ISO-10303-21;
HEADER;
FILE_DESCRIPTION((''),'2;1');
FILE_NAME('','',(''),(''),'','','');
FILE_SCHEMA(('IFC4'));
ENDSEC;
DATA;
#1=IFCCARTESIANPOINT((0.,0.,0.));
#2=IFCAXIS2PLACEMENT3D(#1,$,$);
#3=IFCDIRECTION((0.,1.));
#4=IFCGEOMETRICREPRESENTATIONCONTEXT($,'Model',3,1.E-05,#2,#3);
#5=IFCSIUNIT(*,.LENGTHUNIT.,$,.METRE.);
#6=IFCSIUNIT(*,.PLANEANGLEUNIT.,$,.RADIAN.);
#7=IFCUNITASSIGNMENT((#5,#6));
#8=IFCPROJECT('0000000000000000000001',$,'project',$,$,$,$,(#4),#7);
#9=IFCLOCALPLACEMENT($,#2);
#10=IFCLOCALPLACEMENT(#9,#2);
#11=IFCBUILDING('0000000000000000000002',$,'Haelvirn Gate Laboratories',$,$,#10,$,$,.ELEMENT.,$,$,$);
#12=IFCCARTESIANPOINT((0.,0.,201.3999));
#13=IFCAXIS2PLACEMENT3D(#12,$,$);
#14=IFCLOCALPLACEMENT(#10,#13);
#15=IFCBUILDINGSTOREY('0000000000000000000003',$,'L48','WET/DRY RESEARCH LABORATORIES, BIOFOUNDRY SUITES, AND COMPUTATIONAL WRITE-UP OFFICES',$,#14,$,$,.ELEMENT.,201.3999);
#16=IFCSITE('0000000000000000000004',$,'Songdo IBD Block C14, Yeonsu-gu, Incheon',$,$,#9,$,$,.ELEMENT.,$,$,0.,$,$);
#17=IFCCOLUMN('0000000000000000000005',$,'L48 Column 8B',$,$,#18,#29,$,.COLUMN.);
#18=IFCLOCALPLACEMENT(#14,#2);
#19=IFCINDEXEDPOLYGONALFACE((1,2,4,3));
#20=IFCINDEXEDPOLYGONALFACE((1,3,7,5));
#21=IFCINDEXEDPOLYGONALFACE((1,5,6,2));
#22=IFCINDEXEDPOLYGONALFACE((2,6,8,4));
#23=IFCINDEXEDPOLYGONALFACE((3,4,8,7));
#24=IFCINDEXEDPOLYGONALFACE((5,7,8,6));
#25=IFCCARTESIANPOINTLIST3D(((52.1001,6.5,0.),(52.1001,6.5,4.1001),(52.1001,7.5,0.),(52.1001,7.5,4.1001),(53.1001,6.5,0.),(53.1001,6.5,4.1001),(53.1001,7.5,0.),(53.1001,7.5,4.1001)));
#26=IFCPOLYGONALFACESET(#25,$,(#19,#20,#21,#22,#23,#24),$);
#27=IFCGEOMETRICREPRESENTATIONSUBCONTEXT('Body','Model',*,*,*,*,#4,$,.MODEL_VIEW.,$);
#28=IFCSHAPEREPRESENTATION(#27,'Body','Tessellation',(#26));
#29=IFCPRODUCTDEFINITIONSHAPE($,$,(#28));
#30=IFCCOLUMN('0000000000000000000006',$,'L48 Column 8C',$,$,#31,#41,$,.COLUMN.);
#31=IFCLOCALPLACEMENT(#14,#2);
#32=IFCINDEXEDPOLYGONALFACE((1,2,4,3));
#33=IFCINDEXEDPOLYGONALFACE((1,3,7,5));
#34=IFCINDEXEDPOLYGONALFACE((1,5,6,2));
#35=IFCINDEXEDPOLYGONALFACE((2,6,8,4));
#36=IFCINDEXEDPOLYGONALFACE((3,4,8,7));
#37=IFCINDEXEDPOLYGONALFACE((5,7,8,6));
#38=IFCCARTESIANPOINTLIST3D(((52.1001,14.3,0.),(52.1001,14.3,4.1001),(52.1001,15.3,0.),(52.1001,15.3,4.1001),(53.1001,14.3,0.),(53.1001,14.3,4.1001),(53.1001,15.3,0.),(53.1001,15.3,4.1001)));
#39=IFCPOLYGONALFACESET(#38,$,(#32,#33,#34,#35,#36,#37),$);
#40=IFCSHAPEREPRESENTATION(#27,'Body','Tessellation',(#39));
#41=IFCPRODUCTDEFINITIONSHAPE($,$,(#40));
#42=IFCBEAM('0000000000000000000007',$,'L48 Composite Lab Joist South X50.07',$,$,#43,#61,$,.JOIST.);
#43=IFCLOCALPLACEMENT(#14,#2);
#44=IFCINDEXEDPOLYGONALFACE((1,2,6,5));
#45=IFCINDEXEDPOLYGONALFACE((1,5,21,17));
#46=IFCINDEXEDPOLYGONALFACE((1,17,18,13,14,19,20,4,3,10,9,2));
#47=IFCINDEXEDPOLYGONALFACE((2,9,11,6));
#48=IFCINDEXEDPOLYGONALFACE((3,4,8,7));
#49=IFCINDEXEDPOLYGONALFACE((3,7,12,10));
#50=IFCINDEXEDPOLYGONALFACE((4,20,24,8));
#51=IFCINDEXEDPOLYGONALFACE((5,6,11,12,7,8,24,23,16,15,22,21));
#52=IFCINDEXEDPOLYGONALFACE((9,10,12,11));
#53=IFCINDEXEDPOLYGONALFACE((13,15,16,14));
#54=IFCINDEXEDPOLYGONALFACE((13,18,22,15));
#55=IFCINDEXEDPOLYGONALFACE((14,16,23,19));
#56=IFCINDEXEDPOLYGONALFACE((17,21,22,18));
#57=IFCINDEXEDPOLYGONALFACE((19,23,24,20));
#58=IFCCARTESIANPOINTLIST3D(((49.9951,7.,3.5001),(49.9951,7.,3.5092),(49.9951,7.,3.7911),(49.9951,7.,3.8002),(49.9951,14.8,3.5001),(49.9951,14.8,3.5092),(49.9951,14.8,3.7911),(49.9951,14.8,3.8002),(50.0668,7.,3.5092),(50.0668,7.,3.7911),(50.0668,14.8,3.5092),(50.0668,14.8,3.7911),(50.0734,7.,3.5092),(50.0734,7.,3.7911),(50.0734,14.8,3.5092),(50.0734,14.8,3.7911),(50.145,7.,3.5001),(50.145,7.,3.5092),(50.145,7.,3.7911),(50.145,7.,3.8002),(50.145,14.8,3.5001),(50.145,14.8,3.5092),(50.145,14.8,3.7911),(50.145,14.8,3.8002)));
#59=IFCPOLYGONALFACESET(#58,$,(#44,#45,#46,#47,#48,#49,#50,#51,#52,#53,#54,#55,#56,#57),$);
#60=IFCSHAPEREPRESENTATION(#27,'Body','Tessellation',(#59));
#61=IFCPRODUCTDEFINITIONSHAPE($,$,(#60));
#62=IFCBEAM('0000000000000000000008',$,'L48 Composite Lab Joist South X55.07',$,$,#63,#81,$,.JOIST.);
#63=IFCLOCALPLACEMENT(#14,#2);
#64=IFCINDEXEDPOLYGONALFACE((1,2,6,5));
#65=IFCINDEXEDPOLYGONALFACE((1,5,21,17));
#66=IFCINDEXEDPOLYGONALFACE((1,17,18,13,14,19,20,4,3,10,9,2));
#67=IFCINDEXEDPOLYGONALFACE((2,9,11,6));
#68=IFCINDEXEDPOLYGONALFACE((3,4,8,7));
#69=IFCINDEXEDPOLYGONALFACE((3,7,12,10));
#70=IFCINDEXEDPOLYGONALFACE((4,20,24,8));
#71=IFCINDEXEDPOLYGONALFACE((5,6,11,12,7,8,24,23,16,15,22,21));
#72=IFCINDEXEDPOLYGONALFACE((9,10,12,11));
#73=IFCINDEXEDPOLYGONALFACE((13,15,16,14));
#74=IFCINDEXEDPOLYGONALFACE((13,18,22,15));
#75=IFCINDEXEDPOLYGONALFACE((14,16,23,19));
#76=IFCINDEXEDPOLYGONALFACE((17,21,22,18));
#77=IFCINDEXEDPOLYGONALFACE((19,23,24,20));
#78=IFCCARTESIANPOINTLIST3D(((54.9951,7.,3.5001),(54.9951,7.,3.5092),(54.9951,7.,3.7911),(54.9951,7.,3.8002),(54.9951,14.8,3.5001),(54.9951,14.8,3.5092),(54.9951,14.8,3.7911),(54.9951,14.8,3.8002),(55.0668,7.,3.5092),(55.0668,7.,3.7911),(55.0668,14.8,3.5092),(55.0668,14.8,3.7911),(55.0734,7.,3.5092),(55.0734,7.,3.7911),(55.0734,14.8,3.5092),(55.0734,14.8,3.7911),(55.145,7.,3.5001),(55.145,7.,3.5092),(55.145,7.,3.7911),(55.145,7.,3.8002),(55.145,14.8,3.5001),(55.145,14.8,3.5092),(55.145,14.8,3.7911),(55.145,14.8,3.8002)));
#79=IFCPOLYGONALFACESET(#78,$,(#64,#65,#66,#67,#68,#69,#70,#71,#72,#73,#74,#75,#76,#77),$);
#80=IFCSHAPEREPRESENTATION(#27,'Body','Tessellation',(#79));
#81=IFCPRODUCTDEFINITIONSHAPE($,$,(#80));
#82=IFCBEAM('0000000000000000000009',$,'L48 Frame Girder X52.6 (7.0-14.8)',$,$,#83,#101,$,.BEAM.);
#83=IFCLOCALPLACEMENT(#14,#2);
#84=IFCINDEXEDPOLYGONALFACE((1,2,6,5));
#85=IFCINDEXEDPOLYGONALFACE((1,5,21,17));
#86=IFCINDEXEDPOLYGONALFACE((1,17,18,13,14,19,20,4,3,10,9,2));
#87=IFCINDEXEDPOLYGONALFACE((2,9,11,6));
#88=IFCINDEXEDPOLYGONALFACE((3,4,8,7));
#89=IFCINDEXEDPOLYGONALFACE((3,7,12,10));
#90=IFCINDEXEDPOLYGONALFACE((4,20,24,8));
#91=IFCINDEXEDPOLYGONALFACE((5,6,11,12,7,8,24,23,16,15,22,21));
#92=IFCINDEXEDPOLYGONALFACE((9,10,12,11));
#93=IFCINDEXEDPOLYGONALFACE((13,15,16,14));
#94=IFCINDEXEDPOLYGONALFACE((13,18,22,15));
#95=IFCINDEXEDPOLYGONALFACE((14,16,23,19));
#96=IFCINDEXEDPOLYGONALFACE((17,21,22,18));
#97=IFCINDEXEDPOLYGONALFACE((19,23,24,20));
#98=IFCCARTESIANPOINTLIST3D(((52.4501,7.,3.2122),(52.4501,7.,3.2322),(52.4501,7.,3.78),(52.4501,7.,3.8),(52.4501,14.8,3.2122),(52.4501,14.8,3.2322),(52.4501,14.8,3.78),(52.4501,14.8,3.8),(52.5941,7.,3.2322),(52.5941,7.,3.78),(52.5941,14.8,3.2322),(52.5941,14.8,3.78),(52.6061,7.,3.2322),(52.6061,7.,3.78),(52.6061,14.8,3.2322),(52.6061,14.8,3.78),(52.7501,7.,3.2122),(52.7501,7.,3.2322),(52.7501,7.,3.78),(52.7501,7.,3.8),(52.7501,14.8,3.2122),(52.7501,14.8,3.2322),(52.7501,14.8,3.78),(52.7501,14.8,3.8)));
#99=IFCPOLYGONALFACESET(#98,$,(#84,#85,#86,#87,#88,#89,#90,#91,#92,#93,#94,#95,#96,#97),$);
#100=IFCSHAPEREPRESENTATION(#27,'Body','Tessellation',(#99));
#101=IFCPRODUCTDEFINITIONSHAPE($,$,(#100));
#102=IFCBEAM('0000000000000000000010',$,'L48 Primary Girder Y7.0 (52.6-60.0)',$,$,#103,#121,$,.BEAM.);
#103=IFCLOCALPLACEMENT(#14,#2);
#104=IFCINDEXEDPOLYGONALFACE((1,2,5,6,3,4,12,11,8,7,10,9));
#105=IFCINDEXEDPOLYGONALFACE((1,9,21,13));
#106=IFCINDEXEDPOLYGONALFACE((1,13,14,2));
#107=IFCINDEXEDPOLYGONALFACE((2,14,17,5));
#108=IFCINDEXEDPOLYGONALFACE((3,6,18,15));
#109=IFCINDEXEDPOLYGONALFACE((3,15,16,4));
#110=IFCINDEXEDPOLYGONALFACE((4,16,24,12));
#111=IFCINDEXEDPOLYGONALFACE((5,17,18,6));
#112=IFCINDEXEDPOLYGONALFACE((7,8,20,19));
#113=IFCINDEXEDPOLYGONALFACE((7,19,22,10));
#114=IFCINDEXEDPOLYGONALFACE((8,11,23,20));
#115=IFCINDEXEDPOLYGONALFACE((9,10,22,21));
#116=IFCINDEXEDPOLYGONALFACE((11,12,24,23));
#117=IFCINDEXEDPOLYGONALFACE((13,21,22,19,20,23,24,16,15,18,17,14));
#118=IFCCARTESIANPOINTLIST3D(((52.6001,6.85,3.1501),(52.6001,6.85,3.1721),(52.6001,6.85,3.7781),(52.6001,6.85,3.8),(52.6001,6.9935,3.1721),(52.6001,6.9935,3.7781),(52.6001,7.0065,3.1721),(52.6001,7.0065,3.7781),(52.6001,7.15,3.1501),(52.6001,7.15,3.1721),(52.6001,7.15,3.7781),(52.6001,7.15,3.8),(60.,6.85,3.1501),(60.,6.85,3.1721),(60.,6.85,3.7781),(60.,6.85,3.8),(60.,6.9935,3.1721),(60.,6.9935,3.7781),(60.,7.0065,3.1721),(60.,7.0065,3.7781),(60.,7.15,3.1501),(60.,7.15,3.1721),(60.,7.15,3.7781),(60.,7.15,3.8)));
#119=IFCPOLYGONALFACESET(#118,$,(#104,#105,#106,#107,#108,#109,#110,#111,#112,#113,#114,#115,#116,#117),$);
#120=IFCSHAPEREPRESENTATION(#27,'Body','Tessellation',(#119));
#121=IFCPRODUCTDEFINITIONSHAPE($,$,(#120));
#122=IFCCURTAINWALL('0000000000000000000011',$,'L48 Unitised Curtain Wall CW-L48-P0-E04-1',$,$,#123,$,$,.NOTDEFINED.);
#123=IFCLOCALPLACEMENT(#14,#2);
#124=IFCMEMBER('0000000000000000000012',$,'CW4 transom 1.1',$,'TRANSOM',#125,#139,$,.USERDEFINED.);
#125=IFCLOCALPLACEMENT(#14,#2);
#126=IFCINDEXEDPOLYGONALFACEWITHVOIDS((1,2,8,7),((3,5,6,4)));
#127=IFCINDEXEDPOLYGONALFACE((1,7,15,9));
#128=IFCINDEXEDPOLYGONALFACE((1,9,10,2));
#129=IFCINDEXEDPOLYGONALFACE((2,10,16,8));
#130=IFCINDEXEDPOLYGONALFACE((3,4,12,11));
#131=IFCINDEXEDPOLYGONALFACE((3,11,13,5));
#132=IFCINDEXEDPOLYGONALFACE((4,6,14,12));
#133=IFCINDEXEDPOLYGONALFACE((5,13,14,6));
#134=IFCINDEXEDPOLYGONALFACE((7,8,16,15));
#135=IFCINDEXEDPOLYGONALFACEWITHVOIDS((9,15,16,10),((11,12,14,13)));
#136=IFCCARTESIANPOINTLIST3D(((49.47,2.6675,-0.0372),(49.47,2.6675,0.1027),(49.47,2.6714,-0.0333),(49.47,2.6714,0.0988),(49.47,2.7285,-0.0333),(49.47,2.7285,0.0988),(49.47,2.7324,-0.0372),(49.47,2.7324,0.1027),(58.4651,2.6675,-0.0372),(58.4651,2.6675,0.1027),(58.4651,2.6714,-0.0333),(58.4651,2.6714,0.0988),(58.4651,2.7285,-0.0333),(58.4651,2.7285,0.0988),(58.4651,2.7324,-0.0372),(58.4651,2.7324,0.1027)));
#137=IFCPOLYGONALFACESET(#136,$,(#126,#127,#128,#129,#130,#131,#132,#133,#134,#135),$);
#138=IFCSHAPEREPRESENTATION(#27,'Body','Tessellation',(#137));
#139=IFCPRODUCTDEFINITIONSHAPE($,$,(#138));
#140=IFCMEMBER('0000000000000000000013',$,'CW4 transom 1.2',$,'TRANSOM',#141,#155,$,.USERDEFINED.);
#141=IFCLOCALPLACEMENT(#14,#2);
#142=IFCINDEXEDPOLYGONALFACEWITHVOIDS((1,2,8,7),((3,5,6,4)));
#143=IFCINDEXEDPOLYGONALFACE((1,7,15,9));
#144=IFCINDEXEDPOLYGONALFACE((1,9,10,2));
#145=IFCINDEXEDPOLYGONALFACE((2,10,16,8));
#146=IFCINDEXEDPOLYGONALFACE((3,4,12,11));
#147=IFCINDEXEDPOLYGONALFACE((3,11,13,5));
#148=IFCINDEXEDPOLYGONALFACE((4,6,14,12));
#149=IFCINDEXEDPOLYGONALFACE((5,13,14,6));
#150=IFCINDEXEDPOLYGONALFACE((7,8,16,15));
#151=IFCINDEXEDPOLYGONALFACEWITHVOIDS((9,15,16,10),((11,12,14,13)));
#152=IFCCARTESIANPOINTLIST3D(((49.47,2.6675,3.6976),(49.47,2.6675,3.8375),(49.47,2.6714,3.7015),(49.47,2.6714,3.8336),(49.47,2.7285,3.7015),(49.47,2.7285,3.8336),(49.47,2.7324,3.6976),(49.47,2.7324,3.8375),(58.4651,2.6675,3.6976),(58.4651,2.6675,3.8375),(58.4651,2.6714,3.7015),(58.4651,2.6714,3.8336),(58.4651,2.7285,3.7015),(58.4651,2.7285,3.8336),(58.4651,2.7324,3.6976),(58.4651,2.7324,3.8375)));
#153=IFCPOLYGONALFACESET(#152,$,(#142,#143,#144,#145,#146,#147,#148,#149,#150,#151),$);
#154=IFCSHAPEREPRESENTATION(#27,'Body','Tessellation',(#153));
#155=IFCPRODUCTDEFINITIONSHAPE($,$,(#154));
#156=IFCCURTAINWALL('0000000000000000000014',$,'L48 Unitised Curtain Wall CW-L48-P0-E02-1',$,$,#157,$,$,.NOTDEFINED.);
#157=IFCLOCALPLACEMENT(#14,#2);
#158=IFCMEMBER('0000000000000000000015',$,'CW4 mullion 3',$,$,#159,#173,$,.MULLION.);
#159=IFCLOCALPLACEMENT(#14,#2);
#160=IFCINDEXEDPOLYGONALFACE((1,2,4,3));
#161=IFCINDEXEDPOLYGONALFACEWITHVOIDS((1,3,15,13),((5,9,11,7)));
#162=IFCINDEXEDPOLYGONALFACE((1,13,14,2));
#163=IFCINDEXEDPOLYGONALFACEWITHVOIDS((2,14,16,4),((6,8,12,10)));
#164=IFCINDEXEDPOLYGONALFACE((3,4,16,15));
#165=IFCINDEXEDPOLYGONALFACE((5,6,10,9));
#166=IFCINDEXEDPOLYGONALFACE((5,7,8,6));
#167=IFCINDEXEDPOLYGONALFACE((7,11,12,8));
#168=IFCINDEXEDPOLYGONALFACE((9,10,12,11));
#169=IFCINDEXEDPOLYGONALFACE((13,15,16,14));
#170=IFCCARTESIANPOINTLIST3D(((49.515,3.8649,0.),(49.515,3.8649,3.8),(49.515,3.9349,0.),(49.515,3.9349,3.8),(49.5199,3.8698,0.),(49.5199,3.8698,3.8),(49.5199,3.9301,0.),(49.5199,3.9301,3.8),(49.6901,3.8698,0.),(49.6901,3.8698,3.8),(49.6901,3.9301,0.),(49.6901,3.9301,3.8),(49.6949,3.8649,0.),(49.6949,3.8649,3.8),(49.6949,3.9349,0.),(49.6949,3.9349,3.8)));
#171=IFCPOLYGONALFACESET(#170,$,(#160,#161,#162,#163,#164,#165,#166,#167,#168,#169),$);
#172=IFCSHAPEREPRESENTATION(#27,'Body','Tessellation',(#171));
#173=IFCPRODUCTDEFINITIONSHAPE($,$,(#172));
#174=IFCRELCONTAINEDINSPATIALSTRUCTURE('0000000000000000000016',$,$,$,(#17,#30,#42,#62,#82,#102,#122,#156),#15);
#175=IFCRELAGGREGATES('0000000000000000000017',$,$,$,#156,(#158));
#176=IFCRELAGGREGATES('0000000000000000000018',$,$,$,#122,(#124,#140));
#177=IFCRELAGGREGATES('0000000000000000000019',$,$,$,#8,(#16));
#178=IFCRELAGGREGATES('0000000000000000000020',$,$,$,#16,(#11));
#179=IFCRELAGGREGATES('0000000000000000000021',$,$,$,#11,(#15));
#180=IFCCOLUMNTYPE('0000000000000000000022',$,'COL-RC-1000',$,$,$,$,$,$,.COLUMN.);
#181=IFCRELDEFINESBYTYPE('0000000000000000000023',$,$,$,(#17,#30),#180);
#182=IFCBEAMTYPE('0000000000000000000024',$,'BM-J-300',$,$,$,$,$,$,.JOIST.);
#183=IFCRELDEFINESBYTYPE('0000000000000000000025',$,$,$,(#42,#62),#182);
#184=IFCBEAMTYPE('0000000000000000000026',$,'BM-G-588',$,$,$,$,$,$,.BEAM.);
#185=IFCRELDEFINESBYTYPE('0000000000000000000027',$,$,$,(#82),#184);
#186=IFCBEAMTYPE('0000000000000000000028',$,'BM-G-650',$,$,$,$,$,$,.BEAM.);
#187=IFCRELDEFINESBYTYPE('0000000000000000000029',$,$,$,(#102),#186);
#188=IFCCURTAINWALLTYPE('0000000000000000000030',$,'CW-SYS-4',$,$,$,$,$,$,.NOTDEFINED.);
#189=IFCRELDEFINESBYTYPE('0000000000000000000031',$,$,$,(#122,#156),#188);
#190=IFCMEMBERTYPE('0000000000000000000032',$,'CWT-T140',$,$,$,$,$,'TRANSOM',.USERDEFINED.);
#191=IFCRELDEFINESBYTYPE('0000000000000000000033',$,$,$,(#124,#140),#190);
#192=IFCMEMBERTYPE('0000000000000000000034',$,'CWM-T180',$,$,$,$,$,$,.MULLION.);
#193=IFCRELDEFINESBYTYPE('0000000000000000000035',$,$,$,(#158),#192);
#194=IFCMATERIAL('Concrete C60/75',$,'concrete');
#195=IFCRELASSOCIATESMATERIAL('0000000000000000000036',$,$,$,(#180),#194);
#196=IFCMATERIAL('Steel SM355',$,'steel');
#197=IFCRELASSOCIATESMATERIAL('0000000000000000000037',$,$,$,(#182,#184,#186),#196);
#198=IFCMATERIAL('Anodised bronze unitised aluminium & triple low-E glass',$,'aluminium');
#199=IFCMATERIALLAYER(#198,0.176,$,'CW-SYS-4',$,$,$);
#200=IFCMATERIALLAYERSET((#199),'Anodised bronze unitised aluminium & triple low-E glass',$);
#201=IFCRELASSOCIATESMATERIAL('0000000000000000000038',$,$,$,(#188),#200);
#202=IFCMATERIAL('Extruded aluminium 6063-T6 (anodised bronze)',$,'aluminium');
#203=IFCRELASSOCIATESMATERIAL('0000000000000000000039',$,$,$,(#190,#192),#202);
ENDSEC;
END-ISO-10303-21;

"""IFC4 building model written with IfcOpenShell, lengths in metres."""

from ifc_helpers import new_model, si_unit, direction, frame, origin, origin_2d, place, context, subcontext, project, spatial, rectangle, hollow_rectangle, i_section, extrude, source, transform, mapped, material, layer, layer_set, material_profile, profile_set, type_object, type_shapes, element, aggregate, save


model = new_model("IFC4")

# Units and contexts
model_context = context("Model", 3, precision=1e-05, world=origin(), true_north=direction((0.0, 1.0)))
body_context = subcontext(model_context, "Body", "Model", "MODEL_VIEW")
ifc_project = project(units=[si_unit("LENGTHUNIT", "METRE"), si_unit("PLANEANGLEUNIT", "RADIAN")], contexts=[model_context])

# Site, building, storey
site_placement = place(None, origin())
site = spatial("IfcSite", under=ifc_project, at=site_placement, Name="Songdo IBD Block C14, Yeonsu-gu, Incheon", CompositionType="ELEMENT", RefElevation=0.0)
building_placement = place(site_placement, origin())
building = spatial("IfcBuilding", under=site, at=building_placement, Name="Haelvirn Gate Laboratories", CompositionType="ELEMENT")
storey_placement = place(building_placement, frame((0.0, 0.0, 201.3999)))
storey = spatial("IfcBuildingStorey", under=building, at=storey_placement, Name="L48", Description="WET/DRY RESEARCH LABORATORIES, BIOFOUNDRY SUITES, AND COMPUTATIONAL WRITE-UP OFFICES", CompositionType="ELEMENT", Elevation=201.3999)

# Columns
ifc_material_1 = material(Name="Concrete C60/75", Category="concrete")
ifc_material_profile_1 = material_profile(ifc_material_1, rectangle(XDim=1.0, YDim=1.0, at=origin_2d()), Name="RC-1000x1000")
ifc_profile_set_1 = profile_set([ifc_material_profile_1], Name="Concrete C60/75")
column_type = type_object("IfcColumnType", Name="COL-RC-1000", PredefinedType="COLUMN", material=ifc_profile_set_1)
shared_shape_1 = source(origin(), body_context, "Body", "SweptSolid", [
    extrude(rectangle(XDim=1.0, YDim=1.0, at=origin_2d()), origin(), (0.0, 0.0, 1.0), 4.1001),
])
type_shapes(column_type, [shared_shape_1])
for number, where, z_axis, x_axis, name in (
    (1, (52.6001, 7.0, 0.0), (0.0, 0.0, 1.0), (1.0, 0.0, 0.0), "L48 Column 8B"),
    (2, (52.6001, 14.8, 0.0), (0.0, 0.0, 1.0), (1.0, 0.0, 0.0), "L48 Column 8C"),
):
    element("IfcColumn", number, at=place(storey_placement, frame(where, z_axis=z_axis, x_axis=x_axis)), inside=storey, type_object=column_type, Name=name, PredefinedType="COLUMN", context=body_context, shape_type="MappedRepresentation", body=[
        mapped(shared_shape_1, transform((0.0, 0.0, 0.0), scale=1.0)),
    ])

# Beams
ifc_material_2 = material(Name="Steel SM355", Category="steel")
ifc_material_profile_2 = material_profile(ifc_material_2, i_section(OverallWidth=0.1499, OverallDepth=0.3, WebThickness=0.0066, FlangeThickness=0.009, at=origin_2d()), Name="H-300x150x6.5x9")
ifc_profile_set_2 = profile_set([ifc_material_profile_2], Name="Steel SM355")
beam_type_1 = type_object("IfcBeamType", Name="BM-J-300", PredefinedType="JOIST", material=ifc_profile_set_2)
shared_shape_2 = source(origin(), body_context, "Body", "SweptSolid", [
    extrude(i_section(OverallWidth=0.1499, OverallDepth=0.3, WebThickness=0.0066, FlangeThickness=0.009, at=origin_2d()), origin(), (0.0, 0.0, 1.0), 7.8),
])
type_shapes(beam_type_1, [shared_shape_2])
for number, where, z_axis, x_axis, name in (
    (3, (50.0701, 7.0, 3.6501), (0.0, 1.0, 0.0), (-1.0, 0.0, 0.0), "L48 Composite Lab Joist South X50.07"),
    (4, (55.0701, 7.0, 3.6501), (0.0, 1.0, 0.0), (-1.0, 0.0, 0.0), "L48 Composite Lab Joist South X55.07"),
):
    element("IfcBeam", number, at=place(storey_placement, frame(where, z_axis=z_axis, x_axis=x_axis)), inside=storey, type_object=beam_type_1, Name=name, PredefinedType="JOIST", context=body_context, shape_type="MappedRepresentation", body=[
        mapped(shared_shape_2, transform((0.0, 0.0, 0.0), scale=1.0)),
    ])
ifc_material_profile_3 = material_profile(ifc_material_2, i_section(OverallWidth=0.3, OverallDepth=0.5879, WebThickness=0.012, FlangeThickness=0.02, at=origin_2d()), Name="H-588x300x12x20")
ifc_profile_set_3 = profile_set([ifc_material_profile_3], Name="Steel SM355")
beam_type_2 = type_object("IfcBeamType", Name="BM-G-588", PredefinedType="BEAM", material=ifc_profile_set_3)
shared_shape_3 = source(origin(), body_context, "Body", "SweptSolid", [
    extrude(i_section(OverallWidth=0.3, OverallDepth=0.5879, WebThickness=0.012, FlangeThickness=0.02, at=origin_2d()), origin(), (0.0, 0.0, 1.0), 7.8),
])
type_shapes(beam_type_2, [shared_shape_3])
beam_1_placement = place(storey_placement, frame((52.6001, 7.0, 3.5061), z_axis=(0.0, 1.0, 0.0), x_axis=(-1.0, 0.0, 0.0)))
element("IfcBeam", 5, at=beam_1_placement, inside=storey, type_object=beam_type_2, Name="L48 Frame Girder X52.6 (7.0-14.8)", PredefinedType="BEAM", context=body_context, shape_type="MappedRepresentation", body=[
    mapped(shared_shape_3, transform((0.0, 0.0, 0.0), scale=1.0)),
])
ifc_material_profile_4 = material_profile(ifc_material_2, i_section(OverallWidth=0.3, OverallDepth=0.6499, WebThickness=0.0129, FlangeThickness=0.022, at=origin_2d()), Name="H-650x300x13x22")
ifc_profile_set_4 = profile_set([ifc_material_profile_4], Name="Steel SM355")
beam_type_3 = type_object("IfcBeamType", Name="BM-G-650", PredefinedType="BEAM", material=ifc_profile_set_4)
shared_shape_4 = source(origin(), body_context, "Body", "SweptSolid", [
    extrude(i_section(OverallWidth=0.3, OverallDepth=0.6499, WebThickness=0.0129, FlangeThickness=0.022, at=origin_2d()), origin(), (0.0, 0.0, 1.0), 7.3999),
])
type_shapes(beam_type_3, [shared_shape_4])
beam_2_placement = place(storey_placement, frame((52.6001, 7.0, 3.4751), z_axis=(1.0, 0.0, 0.0), x_axis=(0.0, 1.0, 0.0)))
element("IfcBeam", 6, at=beam_2_placement, inside=storey, type_object=beam_type_3, Name="L48 Primary Girder Y7.0 (52.6-60.0)", PredefinedType="BEAM", context=body_context, shape_type="MappedRepresentation", body=[
    mapped(shared_shape_4, transform((0.0, 0.0, 0.0), scale=1.0)),
])

# Curtain wall, members
ifc_material_3 = material(Name="Anodised bronze unitised aluminium & triple low-E glass", Category="aluminium")
ifc_layer_1 = layer(ifc_material_3, 0.176, Name="CW-SYS-4")
ifc_layer_set_1 = layer_set([ifc_layer_1], Name="Anodised bronze unitised aluminium & triple low-E glass")
curtain_wall_type = type_object("IfcCurtainWallType", Name="CW-SYS-4", PredefinedType="NOTDEFINED", material=ifc_layer_set_1)
curtain_wall_1_placement = place(storey_placement, origin())
curtain_wall_1 = element("IfcCurtainWall", 7, at=curtain_wall_1_placement, inside=storey, type_object=curtain_wall_type, Name="L48 Unitised Curtain Wall CW-L48-P0-E04-1", PredefinedType="NOTDEFINED")
ifc_material_4 = material(Name="Extruded aluminium 6063-T6 (anodised bronze)", Category="aluminium")
ifc_material_profile_5 = material_profile(ifc_material_4, hollow_rectangle(XDim=0.0649, YDim=0.1399, WallThickness=0.0039, at=origin_2d()), Name="CWT-140x65x4")
ifc_profile_set_5 = profile_set([ifc_material_profile_5], Name="Extruded aluminium 6063-T6 (anodised bronze)")
member_type_1 = type_object("IfcMemberType", Name="CWT-T140", ElementType="TRANSOM", PredefinedType="USERDEFINED", material=ifc_profile_set_5)
shared_shape_5 = source(origin(), body_context, "Body", "SweptSolid", [
    extrude(hollow_rectangle(XDim=0.0649, YDim=0.1399, WallThickness=0.0039, at=origin_2d()), origin(), (0.0, 0.0, 1.0), 8.9951),
])
type_shapes(member_type_1, [shared_shape_5])
member_1_placement = place(storey_placement, frame((49.47, 2.7, 0.0327), z_axis=(1.0, 0.0, 0.0), x_axis=(0.0, 1.0, 0.0)))
member_1 = element("IfcMember", 8, at=member_1_placement, type_object=member_type_1, Name="CW4 transom 1.1", ObjectType="TRANSOM", PredefinedType="USERDEFINED", context=body_context, shape_type="MappedRepresentation", body=[
    mapped(shared_shape_5, transform((0.0, 0.0, 0.0), scale=1.0)),
])
member_2_placement = place(storey_placement, frame((49.47, 2.7, 3.7676), z_axis=(1.0, 0.0, 0.0), x_axis=(0.0, 1.0, 0.0)))
member_2 = element("IfcMember", 9, at=member_2_placement, type_object=member_type_1, Name="CW4 transom 1.2", ObjectType="TRANSOM", PredefinedType="USERDEFINED", context=body_context, shape_type="MappedRepresentation", body=[
    mapped(shared_shape_5, transform((0.0, 0.0, 0.0), scale=1.0)),
])

# Curtain wall, member
curtain_wall_2_placement = place(storey_placement, origin())
curtain_wall_2 = element("IfcCurtainWall", 10, at=curtain_wall_2_placement, inside=storey, type_object=curtain_wall_type, Name="L48 Unitised Curtain Wall CW-L48-P0-E02-1", PredefinedType="NOTDEFINED")
ifc_material_profile_6 = material_profile(ifc_material_4, hollow_rectangle(XDim=0.0701, YDim=0.1799, WallThickness=0.0049, at=origin_2d()), Name="CWM-180x70x5")
ifc_profile_set_6 = profile_set([ifc_material_profile_6], Name="Extruded aluminium 6063-T6 (anodised bronze)")
member_type_2 = type_object("IfcMemberType", Name="CWM-T180", PredefinedType="MULLION", material=ifc_profile_set_6)
shared_shape_6 = source(origin(), body_context, "Body", "SweptSolid", [
    extrude(hollow_rectangle(XDim=0.0701, YDim=0.1799, WallThickness=0.0049, at=origin_2d()), origin(), (0.0, 0.0, 1.0), 3.8),
])
type_shapes(member_type_2, [shared_shape_6])
member_3_placement = place(storey_placement, frame((49.605, 3.8999, 0.0), z_axis=(0.0, 0.0, 1.0), x_axis=(0.0, 1.0, 0.0)))
member_3 = element("IfcMember", 11, at=member_3_placement, type_object=member_type_2, Name="CW4 mullion 3", PredefinedType="MULLION", context=body_context, shape_type="MappedRepresentation", body=[
    mapped(shared_shape_6, transform((0.0, 0.0, 0.0), scale=1.0)),
])
aggregate(curtain_wall_2, [member_3])

aggregate(curtain_wall_1, [member_1, member_2])

save(model, "model.ifc")
